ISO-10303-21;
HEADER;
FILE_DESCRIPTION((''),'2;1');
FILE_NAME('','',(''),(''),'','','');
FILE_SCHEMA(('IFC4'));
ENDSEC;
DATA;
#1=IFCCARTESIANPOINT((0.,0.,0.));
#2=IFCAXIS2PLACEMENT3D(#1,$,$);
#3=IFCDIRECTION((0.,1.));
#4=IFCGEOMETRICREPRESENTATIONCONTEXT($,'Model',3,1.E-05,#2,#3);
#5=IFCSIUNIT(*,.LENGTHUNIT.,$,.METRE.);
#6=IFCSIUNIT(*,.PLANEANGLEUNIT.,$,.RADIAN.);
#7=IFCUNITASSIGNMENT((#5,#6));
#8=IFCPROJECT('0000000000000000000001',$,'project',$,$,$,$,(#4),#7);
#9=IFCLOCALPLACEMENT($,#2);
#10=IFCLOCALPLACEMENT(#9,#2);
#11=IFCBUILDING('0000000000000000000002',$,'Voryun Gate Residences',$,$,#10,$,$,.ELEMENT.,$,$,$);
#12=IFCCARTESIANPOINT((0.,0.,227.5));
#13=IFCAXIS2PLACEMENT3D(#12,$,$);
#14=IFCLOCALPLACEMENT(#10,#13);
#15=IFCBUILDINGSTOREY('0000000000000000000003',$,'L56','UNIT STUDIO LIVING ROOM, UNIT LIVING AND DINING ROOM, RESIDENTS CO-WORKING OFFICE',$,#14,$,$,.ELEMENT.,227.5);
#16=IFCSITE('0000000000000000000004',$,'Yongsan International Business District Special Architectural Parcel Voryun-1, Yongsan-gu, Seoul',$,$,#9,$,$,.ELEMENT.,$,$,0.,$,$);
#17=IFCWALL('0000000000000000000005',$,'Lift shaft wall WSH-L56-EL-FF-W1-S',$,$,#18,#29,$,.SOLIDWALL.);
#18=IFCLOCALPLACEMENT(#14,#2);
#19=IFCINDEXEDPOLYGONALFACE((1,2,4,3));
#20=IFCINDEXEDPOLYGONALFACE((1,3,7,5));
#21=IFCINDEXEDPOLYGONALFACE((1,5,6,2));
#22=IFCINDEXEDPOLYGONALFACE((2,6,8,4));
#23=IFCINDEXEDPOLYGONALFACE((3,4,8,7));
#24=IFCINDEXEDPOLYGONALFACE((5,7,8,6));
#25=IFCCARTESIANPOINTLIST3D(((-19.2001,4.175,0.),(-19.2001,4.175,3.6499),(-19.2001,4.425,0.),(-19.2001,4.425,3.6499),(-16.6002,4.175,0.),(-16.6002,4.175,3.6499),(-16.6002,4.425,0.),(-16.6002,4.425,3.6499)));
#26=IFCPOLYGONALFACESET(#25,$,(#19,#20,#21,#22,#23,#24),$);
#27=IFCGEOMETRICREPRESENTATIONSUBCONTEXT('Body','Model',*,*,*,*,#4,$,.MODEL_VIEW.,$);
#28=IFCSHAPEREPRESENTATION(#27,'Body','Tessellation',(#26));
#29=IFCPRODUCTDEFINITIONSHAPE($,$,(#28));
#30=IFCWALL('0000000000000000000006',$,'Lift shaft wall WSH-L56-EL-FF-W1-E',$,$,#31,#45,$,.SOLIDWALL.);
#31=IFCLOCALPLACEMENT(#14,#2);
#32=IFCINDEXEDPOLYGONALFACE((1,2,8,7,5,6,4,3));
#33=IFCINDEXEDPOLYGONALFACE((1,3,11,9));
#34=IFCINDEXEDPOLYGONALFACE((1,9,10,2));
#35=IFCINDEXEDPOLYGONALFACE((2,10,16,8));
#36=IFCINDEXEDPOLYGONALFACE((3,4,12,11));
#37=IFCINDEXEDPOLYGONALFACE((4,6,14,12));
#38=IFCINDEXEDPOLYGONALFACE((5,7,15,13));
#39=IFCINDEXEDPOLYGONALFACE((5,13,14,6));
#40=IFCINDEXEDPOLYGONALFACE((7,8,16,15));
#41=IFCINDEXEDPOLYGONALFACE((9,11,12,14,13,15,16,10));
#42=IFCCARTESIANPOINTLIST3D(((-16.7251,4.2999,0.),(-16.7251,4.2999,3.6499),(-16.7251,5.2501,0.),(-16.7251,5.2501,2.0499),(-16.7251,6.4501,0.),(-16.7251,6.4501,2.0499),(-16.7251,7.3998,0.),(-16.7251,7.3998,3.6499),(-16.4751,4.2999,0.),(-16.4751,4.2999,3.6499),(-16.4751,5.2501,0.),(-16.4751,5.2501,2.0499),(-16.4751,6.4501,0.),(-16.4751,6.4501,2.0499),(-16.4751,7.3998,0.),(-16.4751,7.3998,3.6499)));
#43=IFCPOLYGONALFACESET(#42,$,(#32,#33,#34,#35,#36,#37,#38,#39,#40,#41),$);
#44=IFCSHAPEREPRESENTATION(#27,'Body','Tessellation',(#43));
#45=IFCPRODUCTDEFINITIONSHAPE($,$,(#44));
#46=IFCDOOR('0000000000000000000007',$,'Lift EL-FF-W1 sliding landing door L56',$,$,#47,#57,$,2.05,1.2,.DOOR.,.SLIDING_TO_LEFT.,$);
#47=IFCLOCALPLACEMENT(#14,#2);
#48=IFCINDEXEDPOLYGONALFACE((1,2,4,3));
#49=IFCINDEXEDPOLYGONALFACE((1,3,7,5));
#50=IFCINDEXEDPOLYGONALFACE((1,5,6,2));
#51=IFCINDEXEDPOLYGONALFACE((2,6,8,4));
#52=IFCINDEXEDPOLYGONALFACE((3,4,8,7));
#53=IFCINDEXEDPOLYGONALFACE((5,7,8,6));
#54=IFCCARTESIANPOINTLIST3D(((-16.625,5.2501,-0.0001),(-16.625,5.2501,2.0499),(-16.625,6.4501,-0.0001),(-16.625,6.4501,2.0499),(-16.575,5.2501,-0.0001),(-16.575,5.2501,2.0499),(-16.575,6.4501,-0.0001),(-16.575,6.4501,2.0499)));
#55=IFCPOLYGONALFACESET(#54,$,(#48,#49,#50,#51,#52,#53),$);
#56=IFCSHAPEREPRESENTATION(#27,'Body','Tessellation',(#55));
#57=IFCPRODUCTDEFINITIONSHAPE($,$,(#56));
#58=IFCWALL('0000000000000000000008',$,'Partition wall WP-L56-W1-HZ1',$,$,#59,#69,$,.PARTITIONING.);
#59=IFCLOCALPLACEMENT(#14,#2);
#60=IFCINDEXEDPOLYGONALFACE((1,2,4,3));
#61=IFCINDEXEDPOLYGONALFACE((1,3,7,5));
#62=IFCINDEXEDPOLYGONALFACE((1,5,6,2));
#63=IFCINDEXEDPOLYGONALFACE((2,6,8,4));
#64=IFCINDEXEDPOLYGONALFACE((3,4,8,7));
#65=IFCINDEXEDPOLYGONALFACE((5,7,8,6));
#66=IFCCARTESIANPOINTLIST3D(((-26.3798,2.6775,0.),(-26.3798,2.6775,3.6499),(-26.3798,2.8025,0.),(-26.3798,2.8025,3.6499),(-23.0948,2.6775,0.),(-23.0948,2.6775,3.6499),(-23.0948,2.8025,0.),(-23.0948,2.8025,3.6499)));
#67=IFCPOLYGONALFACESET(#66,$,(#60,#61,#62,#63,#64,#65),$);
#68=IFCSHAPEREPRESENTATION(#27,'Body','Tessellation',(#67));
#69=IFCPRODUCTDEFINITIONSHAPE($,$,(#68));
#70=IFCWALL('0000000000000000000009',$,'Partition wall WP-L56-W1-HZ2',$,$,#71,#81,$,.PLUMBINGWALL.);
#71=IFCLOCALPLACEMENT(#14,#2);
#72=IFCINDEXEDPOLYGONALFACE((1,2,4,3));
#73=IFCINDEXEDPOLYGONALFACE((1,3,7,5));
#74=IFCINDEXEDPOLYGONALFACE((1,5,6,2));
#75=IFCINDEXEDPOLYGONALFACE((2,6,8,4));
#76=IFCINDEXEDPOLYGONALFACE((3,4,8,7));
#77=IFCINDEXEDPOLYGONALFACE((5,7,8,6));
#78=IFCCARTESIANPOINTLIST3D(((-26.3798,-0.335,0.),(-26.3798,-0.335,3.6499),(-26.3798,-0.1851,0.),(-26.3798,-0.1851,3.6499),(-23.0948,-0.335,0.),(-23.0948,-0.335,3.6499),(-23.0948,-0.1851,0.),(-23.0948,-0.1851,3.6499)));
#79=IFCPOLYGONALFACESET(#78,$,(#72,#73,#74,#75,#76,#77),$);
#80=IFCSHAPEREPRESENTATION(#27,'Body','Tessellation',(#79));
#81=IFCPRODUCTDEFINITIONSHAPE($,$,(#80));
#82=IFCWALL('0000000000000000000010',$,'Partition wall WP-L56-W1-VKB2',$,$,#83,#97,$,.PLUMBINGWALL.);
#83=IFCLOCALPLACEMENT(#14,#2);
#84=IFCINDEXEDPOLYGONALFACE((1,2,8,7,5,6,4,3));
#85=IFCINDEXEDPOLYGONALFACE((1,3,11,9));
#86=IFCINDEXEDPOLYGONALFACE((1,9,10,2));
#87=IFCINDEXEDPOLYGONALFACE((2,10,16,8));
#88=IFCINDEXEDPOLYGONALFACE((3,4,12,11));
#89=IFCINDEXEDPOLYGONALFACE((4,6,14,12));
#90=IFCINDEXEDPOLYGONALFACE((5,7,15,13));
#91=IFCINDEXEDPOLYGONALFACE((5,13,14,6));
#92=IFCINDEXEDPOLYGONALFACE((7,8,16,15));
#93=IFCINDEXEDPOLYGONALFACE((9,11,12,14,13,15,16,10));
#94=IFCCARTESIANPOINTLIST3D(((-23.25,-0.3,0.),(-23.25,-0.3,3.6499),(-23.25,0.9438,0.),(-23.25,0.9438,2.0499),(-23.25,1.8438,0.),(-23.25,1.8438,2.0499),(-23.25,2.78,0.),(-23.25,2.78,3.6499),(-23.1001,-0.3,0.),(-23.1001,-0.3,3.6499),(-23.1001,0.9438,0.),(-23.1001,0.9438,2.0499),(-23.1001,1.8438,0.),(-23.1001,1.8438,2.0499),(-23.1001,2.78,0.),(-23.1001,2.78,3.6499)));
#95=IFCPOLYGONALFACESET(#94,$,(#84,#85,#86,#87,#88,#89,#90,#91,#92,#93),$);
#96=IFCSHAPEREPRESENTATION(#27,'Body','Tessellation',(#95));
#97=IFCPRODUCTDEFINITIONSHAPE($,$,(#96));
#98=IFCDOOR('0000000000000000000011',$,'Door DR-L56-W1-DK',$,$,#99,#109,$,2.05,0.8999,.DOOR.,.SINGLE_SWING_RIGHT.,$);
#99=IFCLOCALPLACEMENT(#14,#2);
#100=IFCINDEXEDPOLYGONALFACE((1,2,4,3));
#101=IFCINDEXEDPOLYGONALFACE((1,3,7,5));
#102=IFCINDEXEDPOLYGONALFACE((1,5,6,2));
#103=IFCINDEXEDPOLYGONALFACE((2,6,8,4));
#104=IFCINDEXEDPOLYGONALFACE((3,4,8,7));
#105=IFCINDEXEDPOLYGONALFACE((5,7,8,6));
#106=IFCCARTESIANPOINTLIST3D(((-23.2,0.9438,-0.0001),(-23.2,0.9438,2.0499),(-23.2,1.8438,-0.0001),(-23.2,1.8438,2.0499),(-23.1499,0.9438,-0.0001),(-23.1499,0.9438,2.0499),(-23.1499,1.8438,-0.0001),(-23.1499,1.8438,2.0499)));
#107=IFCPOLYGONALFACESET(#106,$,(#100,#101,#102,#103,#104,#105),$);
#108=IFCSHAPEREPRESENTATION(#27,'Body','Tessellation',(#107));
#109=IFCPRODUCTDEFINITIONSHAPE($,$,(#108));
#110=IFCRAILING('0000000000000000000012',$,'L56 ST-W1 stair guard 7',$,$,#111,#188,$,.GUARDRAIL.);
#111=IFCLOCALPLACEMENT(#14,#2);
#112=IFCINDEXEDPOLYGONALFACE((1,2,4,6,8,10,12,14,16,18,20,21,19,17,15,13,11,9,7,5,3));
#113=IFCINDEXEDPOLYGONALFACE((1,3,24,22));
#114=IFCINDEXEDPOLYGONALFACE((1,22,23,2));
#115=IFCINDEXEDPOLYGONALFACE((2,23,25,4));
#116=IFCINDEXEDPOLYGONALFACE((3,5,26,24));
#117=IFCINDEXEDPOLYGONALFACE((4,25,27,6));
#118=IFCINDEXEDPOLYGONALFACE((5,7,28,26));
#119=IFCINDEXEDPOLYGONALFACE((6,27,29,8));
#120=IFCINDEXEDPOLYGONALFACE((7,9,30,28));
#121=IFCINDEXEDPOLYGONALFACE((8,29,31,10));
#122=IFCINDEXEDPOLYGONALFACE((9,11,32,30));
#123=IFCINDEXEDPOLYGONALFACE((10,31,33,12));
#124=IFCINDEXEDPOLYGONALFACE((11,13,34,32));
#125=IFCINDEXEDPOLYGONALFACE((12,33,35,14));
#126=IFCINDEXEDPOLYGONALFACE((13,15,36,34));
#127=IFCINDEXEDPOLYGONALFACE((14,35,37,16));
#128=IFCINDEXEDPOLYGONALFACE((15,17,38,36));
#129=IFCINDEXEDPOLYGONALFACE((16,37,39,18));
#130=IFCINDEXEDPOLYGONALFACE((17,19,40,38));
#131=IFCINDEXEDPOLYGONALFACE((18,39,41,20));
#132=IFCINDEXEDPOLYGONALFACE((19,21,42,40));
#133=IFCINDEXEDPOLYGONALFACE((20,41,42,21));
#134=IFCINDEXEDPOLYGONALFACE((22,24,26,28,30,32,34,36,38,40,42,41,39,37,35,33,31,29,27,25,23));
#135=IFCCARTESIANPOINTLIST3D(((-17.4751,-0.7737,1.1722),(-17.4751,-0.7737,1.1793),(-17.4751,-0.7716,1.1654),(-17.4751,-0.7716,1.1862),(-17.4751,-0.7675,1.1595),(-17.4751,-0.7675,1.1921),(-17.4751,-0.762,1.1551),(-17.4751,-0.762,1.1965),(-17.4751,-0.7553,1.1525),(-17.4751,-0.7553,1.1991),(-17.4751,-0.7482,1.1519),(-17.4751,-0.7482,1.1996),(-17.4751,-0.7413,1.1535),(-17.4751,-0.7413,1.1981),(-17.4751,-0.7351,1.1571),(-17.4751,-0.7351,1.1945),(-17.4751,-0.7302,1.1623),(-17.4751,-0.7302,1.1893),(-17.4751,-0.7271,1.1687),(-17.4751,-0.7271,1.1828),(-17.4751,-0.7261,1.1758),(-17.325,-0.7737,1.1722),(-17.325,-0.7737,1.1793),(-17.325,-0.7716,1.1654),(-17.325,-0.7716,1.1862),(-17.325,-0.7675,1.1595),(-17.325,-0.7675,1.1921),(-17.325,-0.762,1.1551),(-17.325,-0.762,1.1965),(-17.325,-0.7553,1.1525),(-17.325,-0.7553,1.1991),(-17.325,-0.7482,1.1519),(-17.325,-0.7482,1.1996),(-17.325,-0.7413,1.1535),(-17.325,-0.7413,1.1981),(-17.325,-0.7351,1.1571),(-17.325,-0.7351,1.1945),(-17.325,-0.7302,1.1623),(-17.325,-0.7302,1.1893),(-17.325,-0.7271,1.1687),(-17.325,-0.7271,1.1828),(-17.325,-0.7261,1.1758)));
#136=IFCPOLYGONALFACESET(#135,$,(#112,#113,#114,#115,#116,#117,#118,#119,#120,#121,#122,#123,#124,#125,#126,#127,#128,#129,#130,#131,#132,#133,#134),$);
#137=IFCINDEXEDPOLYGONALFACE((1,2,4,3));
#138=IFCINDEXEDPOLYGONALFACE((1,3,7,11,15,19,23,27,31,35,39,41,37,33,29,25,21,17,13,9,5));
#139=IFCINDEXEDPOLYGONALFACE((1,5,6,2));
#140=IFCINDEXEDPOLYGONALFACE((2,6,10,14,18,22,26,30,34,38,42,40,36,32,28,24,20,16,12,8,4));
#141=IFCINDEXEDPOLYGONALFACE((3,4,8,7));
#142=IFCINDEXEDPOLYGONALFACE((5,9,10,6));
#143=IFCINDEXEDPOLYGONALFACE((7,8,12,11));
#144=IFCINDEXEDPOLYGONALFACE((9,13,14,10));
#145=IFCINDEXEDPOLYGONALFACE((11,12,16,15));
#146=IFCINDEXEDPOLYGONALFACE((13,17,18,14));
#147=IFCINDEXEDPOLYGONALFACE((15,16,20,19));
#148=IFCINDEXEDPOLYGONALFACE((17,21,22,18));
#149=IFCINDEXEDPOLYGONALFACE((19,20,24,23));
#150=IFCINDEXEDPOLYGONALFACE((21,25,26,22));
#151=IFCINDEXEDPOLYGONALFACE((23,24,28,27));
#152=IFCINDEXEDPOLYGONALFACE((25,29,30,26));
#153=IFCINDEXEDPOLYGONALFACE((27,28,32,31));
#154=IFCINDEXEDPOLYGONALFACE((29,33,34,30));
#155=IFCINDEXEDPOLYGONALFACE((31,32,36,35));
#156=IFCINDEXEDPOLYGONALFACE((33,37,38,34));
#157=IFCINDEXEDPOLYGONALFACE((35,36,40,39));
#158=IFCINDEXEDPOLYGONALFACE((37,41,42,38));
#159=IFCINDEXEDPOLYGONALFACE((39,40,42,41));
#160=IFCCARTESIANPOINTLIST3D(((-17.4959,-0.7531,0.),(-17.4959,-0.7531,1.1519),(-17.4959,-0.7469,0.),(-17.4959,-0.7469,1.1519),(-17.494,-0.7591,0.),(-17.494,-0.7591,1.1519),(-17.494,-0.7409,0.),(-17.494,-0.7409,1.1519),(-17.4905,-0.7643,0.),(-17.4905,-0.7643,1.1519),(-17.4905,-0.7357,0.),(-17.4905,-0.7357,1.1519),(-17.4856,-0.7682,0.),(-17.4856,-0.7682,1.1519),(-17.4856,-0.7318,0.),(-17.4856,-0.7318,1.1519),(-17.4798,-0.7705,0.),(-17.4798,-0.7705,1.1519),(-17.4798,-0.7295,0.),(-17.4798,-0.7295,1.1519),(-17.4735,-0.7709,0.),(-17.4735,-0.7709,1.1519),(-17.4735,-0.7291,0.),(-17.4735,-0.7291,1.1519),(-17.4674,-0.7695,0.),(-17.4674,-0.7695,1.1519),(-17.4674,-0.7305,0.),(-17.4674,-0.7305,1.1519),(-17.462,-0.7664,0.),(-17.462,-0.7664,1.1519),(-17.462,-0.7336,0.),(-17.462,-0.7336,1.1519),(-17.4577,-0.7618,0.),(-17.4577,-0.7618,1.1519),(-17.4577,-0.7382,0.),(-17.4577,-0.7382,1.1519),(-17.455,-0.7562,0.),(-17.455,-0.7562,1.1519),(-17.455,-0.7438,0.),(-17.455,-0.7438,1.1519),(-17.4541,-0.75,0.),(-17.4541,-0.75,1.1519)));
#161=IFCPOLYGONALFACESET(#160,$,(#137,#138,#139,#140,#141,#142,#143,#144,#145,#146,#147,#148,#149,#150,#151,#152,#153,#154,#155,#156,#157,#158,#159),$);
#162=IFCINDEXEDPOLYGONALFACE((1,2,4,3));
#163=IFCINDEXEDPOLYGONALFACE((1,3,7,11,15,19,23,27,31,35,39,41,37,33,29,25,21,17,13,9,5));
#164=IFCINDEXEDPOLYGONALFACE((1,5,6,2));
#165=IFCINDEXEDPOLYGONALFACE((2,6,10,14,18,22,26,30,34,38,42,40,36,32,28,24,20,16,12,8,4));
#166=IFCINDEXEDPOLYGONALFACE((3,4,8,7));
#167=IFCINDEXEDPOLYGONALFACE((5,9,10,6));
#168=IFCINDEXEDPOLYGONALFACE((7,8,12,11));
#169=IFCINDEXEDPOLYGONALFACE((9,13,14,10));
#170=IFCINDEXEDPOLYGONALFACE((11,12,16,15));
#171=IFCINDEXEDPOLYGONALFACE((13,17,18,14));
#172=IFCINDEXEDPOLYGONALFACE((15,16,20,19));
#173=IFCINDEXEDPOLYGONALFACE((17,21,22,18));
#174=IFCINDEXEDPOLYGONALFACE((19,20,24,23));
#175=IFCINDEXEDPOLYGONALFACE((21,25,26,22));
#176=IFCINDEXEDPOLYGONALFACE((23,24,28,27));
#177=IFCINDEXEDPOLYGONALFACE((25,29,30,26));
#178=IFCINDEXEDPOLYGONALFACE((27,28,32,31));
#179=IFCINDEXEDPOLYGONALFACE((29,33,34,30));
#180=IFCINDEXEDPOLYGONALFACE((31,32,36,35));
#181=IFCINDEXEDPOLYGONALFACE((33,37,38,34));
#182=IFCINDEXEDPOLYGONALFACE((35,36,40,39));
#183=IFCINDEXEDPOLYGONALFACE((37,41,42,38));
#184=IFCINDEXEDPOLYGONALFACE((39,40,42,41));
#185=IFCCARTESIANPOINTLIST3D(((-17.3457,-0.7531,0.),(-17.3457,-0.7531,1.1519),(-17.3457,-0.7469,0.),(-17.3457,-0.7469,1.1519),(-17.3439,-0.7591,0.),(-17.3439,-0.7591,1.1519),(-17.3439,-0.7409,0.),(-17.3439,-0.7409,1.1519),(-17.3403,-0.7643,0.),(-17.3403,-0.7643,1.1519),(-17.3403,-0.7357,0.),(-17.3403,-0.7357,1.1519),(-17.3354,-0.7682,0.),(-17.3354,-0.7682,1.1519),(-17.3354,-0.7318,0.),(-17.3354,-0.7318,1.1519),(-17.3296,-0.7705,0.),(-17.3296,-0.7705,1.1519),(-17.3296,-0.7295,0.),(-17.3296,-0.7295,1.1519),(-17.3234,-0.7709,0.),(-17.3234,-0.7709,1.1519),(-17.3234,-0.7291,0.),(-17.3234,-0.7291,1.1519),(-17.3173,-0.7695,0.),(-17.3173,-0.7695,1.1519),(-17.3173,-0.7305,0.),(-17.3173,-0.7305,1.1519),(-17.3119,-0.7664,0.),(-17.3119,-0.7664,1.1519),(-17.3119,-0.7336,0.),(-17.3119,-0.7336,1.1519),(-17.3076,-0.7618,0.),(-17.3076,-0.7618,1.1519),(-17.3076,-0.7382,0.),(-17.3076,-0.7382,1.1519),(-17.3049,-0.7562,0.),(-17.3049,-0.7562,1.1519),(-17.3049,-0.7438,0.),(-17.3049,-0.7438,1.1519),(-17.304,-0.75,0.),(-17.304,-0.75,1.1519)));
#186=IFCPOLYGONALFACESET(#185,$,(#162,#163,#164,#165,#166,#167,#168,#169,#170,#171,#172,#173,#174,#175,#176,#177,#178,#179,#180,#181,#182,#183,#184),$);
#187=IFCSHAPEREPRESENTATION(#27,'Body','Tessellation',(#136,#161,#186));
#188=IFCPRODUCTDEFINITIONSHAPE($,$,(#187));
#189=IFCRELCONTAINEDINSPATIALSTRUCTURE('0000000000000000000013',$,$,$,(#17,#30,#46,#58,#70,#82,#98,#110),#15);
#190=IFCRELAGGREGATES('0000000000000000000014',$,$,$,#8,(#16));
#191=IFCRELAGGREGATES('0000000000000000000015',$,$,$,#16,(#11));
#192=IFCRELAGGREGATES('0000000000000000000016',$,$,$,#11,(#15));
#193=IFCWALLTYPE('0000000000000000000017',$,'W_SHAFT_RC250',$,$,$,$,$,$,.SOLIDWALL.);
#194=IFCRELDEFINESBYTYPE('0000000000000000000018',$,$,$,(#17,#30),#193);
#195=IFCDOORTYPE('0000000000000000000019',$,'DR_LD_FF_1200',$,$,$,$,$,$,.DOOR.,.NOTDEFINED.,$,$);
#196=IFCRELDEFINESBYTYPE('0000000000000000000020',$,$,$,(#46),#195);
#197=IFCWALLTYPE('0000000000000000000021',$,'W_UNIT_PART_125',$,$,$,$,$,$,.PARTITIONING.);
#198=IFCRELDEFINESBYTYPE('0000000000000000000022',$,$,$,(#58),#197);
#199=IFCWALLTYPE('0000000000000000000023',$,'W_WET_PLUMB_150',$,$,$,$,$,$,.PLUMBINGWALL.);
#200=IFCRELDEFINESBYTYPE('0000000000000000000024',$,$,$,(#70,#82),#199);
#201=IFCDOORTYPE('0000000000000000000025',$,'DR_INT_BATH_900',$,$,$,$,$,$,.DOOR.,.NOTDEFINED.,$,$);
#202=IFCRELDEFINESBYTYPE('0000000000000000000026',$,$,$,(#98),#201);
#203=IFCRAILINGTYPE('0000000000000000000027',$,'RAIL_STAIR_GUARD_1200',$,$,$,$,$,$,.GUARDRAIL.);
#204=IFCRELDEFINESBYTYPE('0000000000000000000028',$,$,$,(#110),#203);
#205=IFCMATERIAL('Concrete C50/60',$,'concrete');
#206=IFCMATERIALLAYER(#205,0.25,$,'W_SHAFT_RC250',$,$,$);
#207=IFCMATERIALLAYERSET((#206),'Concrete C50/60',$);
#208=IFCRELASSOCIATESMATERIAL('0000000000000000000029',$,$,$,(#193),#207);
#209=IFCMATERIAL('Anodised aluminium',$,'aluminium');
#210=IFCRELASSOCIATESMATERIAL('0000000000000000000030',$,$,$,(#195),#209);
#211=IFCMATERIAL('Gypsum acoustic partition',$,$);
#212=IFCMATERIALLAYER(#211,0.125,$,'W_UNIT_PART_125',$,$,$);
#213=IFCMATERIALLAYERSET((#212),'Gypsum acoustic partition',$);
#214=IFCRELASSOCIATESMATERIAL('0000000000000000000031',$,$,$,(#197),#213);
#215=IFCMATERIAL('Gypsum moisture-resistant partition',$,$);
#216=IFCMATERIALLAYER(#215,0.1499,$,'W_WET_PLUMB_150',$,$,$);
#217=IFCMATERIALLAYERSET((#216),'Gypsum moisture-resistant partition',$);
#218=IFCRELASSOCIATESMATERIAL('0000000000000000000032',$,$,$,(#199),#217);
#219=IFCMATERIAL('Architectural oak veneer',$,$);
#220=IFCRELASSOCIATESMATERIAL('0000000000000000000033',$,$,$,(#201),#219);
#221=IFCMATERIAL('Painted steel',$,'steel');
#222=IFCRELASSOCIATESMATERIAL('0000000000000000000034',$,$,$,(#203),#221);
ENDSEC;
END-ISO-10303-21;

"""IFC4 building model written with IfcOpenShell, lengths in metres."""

from ifc_helpers import new_model, si_unit, direction, frame, frame_2d, origin, origin_2d, place, context, subcontext, project, spatial, rectangle, circle, extrude, material, layer, layer_set, type_object, element, fill, save


model = new_model("IFC4")

# Units and contexts
model_context = context("Model", 3, precision=1e-05, world=origin(), true_north=direction((0.0, 1.0)))
body_context = subcontext(model_context, "Body", "Model", "MODEL_VIEW")
ifc_project = project(units=[si_unit("LENGTHUNIT", "METRE"), si_unit("PLANEANGLEUNIT", "RADIAN")], contexts=[model_context])

# Site, building, storey
site_placement = place(None, origin())
site = spatial("IfcSite", under=ifc_project, at=site_placement, Name="Yongsan International Business District Special Architectural Parcel Voryun-1, Yongsan-gu, Seoul", CompositionType="ELEMENT", RefElevation=0.0)
building_placement = place(site_placement, origin())
building = spatial("IfcBuilding", under=site, at=building_placement, Name="Voryun Gate Residences", CompositionType="ELEMENT")
storey_placement = place(building_placement, frame((0.0, 0.0, 227.5)))
storey = spatial("IfcBuildingStorey", under=building, at=storey_placement, Name="L56", Description="UNIT STUDIO LIVING ROOM, UNIT LIVING AND DINING ROOM, RESIDENTS CO-WORKING OFFICE", CompositionType="ELEMENT", Elevation=227.5)

# Wall
ifc_material_1 = material(Name="Concrete C50/60", Category="concrete")
ifc_layer_1 = layer(ifc_material_1, 0.25, Name="W_SHAFT_RC250")
ifc_layer_set_1 = layer_set([ifc_layer_1], Name="Concrete C50/60")
wall_type_1 = type_object("IfcWallType", Name="W_SHAFT_RC250", PredefinedType="SOLIDWALL", material=ifc_layer_set_1)
wall_1_placement = place(storey_placement, frame((-19.2, 4.3, 0.0), z_axis=(0.0, 0.0, 1.0), x_axis=(1.0, 0.0, 0.0)))
element("IfcWall", 1, at=wall_1_placement, inside=storey, type_object=wall_type_1, Name="Lift shaft wall WSH-L56-EL-FF-W1-S", PredefinedType="SOLIDWALL", context=body_context, shape_type="SweptSolid", body=[
    extrude(rectangle(XDim=2.5999, YDim=0.25, at=frame_2d((1.2998, 0.0))), origin(), (0.0, 0.0, 1.0), 3.6499),
])

# Wall, opening, door
wall_2_placement = place(storey_placement, frame((-16.6001, 4.3, 0.0), z_axis=(0.0, 0.0, 1.0), x_axis=(0.0, 1.0, 0.0)))
wall_2 = element("IfcWall", 2, at=wall_2_placement, inside=storey, type_object=wall_type_1, Name="Lift shaft wall WSH-L56-EL-FF-W1-E", PredefinedType="SOLIDWALL", context=body_context, shape_type="SweptSolid", body=[
    extrude(rectangle(XDim=3.0999, YDim=0.25, at=frame_2d((1.5498, 0.0))), origin(), (0.0, 0.0, 1.0), 3.6499),
])
opening_1_placement = place(wall_2_placement, frame((0.95, 0.0, 0.0)))
opening_1 = element("IfcOpeningElement", 3, at=opening_1_placement, cuts=wall_2, PredefinedType="OPENING", context=body_context, shape_type="SweptSolid", body=[
    extrude(rectangle(XDim=1.2, YDim=2.05, at=frame_2d((0.6001, 1.0249))), frame((0.0, 0.135, 0.0), z_axis=(0.0, -1.0, 0.0), x_axis=(1.0, 0.0, 0.0)), (0.0, 0.0, 1.0), 0.27),
])
ifc_material_2 = material(Name="Anodised aluminium", Category="aluminium")
door_type_1 = type_object("IfcDoorType", Name="DR_LD_FF_1200", OperationType="NOTDEFINED", PredefinedType="DOOR", material=ifc_material_2)
door_1_placement = place(opening_1_placement, origin())
door_1 = element("IfcDoor", 4, at=door_1_placement, inside=storey, type_object=door_type_1, Name="Lift EL-FF-W1 sliding landing door L56", OperationType="SLIDING_TO_LEFT", OverallHeight=2.05, OverallWidth=1.2, PredefinedType="DOOR", context=body_context, shape_type="SweptSolid", body=[
    extrude(rectangle(XDim=1.2, YDim=2.05, at=frame_2d((0.6001, 1.0249))), frame((0.0, 0.0249, 0.0), z_axis=(0.0, -1.0, 0.0), x_axis=(1.0, 0.0, 0.0)), (0.0, 0.0, 1.0), 0.05),
])
fill(opening_1, door_1)

# Walls
ifc_material_3 = material(Name="Gypsum acoustic partition")
ifc_layer_2 = layer(ifc_material_3, 0.125, Name="W_UNIT_PART_125")
ifc_layer_set_2 = layer_set([ifc_layer_2], Name="Gypsum acoustic partition")
wall_type_2 = type_object("IfcWallType", Name="W_UNIT_PART_125", PredefinedType="PARTITIONING", material=ifc_layer_set_2)
wall_3_placement = place(storey_placement, frame((-26.3799, 2.74, 0.0), z_axis=(0.0, 0.0, 1.0), x_axis=(1.0, 0.0, 0.0)))
element("IfcWall", 5, at=wall_3_placement, inside=storey, type_object=wall_type_2, Name="Partition wall WP-L56-W1-HZ1", PredefinedType="PARTITIONING", context=body_context, shape_type="SweptSolid", body=[
    extrude(rectangle(XDim=3.2849, YDim=0.125, at=frame_2d((1.6426, 0.0))), origin(), (0.0, 0.0, 1.0), 3.6499),
])
ifc_material_4 = material(Name="Gypsum moisture-resistant partition")
ifc_layer_3 = layer(ifc_material_4, 0.1499, Name="W_WET_PLUMB_150")
ifc_layer_set_3 = layer_set([ifc_layer_3], Name="Gypsum moisture-resistant partition")
wall_type_3 = type_object("IfcWallType", Name="W_WET_PLUMB_150", PredefinedType="PLUMBINGWALL", material=ifc_layer_set_3)
wall_4_placement = place(storey_placement, frame((-26.3799, -0.26, 0.0), z_axis=(0.0, 0.0, 1.0), x_axis=(1.0, 0.0, 0.0)))
element("IfcWall", 6, at=wall_4_placement, inside=storey, type_object=wall_type_3, Name="Partition wall WP-L56-W1-HZ2", PredefinedType="PLUMBINGWALL", context=body_context, shape_type="SweptSolid", body=[
    extrude(rectangle(XDim=3.2849, YDim=0.1499, at=frame_2d((1.6426, 0.0))), origin(), (0.0, 0.0, 1.0), 3.6499),
])

# Wall, opening, door
wall_5_placement = place(storey_placement, frame((-23.175, -0.3, 0.0), z_axis=(0.0, 0.0, 1.0), x_axis=(0.0, 1.0, 0.0)))
wall_5 = element("IfcWall", 7, at=wall_5_placement, inside=storey, type_object=wall_type_3, Name="Partition wall WP-L56-W1-VKB2", PredefinedType="PLUMBINGWALL", context=body_context, shape_type="SweptSolid", body=[
    extrude(rectangle(XDim=3.0801, YDim=0.1499, at=frame_2d((1.54, 0.0))), origin(), (0.0, 0.0, 1.0), 3.6499),
])
opening_2_placement = place(wall_5_placement, frame((1.2439, 0.0, 0.0)))
opening_2 = element("IfcOpeningElement", 8, at=opening_2_placement, cuts=wall_5, PredefinedType="OPENING", context=body_context, shape_type="SweptSolid", body=[
    extrude(rectangle(XDim=0.8999, YDim=2.05, at=frame_2d((0.45, 1.0249))), frame((0.0, 0.085, 0.0), z_axis=(0.0, -1.0, 0.0), x_axis=(1.0, 0.0, 0.0)), (0.0, 0.0, 1.0), 0.1699),
])
ifc_material_5 = material(Name="Architectural oak veneer")
door_type_2 = type_object("IfcDoorType", Name="DR_INT_BATH_900", OperationType="NOTDEFINED", PredefinedType="DOOR", material=ifc_material_5)
door_2_placement = place(opening_2_placement, origin())
door_2 = element("IfcDoor", 9, at=door_2_placement, inside=storey, type_object=door_type_2, Name="Door DR-L56-W1-DK", OperationType="SINGLE_SWING_RIGHT", OverallHeight=2.05, OverallWidth=0.8999, PredefinedType="DOOR", context=body_context, shape_type="SweptSolid", body=[
    extrude(rectangle(XDim=0.8999, YDim=2.05, at=frame_2d((0.45, 1.0249))), frame((0.0, 0.0249, 0.0), z_axis=(0.0, -1.0, 0.0), x_axis=(1.0, 0.0, 0.0)), (0.0, 0.0, 1.0), 0.05),
])
fill(opening_2, door_2)

# Railing
ifc_material_6 = material(Name="Painted steel", Category="steel")
railing_type = type_object("IfcRailingType", Name="RAIL_STAIR_GUARD_1200", PredefinedType="GUARDRAIL", material=ifc_material_6)
railing_1_placement = place(storey_placement, frame((-17.4751, -0.75, 0.0)))
element("IfcRailing", 10, at=railing_1_placement, inside=storey, type_object=railing_type, Name="L56 ST-W1 stair guard 7", PredefinedType="GUARDRAIL", context=body_context, shape_type="SweptSolid", body=[
    extrude(circle(Radius=0.0239, at=origin_2d()), frame((0.0, 0.0, 1.1758), z_axis=(1.0, 0.0, 0.0), x_axis=(0.0, 1.0, 0.0)), (0.0, 0.0, 1.0), 0.1501),
    extrude(circle(Radius=0.021, at=origin_2d()), origin(), (0.0, 0.0, 1.0), 1.1519),
    extrude(circle(Radius=0.021, at=origin_2d()), frame((0.1501, 0.0, 0.0)), (0.0, 0.0, 1.0), 1.1519),
])

save(model, "model.ifc")
